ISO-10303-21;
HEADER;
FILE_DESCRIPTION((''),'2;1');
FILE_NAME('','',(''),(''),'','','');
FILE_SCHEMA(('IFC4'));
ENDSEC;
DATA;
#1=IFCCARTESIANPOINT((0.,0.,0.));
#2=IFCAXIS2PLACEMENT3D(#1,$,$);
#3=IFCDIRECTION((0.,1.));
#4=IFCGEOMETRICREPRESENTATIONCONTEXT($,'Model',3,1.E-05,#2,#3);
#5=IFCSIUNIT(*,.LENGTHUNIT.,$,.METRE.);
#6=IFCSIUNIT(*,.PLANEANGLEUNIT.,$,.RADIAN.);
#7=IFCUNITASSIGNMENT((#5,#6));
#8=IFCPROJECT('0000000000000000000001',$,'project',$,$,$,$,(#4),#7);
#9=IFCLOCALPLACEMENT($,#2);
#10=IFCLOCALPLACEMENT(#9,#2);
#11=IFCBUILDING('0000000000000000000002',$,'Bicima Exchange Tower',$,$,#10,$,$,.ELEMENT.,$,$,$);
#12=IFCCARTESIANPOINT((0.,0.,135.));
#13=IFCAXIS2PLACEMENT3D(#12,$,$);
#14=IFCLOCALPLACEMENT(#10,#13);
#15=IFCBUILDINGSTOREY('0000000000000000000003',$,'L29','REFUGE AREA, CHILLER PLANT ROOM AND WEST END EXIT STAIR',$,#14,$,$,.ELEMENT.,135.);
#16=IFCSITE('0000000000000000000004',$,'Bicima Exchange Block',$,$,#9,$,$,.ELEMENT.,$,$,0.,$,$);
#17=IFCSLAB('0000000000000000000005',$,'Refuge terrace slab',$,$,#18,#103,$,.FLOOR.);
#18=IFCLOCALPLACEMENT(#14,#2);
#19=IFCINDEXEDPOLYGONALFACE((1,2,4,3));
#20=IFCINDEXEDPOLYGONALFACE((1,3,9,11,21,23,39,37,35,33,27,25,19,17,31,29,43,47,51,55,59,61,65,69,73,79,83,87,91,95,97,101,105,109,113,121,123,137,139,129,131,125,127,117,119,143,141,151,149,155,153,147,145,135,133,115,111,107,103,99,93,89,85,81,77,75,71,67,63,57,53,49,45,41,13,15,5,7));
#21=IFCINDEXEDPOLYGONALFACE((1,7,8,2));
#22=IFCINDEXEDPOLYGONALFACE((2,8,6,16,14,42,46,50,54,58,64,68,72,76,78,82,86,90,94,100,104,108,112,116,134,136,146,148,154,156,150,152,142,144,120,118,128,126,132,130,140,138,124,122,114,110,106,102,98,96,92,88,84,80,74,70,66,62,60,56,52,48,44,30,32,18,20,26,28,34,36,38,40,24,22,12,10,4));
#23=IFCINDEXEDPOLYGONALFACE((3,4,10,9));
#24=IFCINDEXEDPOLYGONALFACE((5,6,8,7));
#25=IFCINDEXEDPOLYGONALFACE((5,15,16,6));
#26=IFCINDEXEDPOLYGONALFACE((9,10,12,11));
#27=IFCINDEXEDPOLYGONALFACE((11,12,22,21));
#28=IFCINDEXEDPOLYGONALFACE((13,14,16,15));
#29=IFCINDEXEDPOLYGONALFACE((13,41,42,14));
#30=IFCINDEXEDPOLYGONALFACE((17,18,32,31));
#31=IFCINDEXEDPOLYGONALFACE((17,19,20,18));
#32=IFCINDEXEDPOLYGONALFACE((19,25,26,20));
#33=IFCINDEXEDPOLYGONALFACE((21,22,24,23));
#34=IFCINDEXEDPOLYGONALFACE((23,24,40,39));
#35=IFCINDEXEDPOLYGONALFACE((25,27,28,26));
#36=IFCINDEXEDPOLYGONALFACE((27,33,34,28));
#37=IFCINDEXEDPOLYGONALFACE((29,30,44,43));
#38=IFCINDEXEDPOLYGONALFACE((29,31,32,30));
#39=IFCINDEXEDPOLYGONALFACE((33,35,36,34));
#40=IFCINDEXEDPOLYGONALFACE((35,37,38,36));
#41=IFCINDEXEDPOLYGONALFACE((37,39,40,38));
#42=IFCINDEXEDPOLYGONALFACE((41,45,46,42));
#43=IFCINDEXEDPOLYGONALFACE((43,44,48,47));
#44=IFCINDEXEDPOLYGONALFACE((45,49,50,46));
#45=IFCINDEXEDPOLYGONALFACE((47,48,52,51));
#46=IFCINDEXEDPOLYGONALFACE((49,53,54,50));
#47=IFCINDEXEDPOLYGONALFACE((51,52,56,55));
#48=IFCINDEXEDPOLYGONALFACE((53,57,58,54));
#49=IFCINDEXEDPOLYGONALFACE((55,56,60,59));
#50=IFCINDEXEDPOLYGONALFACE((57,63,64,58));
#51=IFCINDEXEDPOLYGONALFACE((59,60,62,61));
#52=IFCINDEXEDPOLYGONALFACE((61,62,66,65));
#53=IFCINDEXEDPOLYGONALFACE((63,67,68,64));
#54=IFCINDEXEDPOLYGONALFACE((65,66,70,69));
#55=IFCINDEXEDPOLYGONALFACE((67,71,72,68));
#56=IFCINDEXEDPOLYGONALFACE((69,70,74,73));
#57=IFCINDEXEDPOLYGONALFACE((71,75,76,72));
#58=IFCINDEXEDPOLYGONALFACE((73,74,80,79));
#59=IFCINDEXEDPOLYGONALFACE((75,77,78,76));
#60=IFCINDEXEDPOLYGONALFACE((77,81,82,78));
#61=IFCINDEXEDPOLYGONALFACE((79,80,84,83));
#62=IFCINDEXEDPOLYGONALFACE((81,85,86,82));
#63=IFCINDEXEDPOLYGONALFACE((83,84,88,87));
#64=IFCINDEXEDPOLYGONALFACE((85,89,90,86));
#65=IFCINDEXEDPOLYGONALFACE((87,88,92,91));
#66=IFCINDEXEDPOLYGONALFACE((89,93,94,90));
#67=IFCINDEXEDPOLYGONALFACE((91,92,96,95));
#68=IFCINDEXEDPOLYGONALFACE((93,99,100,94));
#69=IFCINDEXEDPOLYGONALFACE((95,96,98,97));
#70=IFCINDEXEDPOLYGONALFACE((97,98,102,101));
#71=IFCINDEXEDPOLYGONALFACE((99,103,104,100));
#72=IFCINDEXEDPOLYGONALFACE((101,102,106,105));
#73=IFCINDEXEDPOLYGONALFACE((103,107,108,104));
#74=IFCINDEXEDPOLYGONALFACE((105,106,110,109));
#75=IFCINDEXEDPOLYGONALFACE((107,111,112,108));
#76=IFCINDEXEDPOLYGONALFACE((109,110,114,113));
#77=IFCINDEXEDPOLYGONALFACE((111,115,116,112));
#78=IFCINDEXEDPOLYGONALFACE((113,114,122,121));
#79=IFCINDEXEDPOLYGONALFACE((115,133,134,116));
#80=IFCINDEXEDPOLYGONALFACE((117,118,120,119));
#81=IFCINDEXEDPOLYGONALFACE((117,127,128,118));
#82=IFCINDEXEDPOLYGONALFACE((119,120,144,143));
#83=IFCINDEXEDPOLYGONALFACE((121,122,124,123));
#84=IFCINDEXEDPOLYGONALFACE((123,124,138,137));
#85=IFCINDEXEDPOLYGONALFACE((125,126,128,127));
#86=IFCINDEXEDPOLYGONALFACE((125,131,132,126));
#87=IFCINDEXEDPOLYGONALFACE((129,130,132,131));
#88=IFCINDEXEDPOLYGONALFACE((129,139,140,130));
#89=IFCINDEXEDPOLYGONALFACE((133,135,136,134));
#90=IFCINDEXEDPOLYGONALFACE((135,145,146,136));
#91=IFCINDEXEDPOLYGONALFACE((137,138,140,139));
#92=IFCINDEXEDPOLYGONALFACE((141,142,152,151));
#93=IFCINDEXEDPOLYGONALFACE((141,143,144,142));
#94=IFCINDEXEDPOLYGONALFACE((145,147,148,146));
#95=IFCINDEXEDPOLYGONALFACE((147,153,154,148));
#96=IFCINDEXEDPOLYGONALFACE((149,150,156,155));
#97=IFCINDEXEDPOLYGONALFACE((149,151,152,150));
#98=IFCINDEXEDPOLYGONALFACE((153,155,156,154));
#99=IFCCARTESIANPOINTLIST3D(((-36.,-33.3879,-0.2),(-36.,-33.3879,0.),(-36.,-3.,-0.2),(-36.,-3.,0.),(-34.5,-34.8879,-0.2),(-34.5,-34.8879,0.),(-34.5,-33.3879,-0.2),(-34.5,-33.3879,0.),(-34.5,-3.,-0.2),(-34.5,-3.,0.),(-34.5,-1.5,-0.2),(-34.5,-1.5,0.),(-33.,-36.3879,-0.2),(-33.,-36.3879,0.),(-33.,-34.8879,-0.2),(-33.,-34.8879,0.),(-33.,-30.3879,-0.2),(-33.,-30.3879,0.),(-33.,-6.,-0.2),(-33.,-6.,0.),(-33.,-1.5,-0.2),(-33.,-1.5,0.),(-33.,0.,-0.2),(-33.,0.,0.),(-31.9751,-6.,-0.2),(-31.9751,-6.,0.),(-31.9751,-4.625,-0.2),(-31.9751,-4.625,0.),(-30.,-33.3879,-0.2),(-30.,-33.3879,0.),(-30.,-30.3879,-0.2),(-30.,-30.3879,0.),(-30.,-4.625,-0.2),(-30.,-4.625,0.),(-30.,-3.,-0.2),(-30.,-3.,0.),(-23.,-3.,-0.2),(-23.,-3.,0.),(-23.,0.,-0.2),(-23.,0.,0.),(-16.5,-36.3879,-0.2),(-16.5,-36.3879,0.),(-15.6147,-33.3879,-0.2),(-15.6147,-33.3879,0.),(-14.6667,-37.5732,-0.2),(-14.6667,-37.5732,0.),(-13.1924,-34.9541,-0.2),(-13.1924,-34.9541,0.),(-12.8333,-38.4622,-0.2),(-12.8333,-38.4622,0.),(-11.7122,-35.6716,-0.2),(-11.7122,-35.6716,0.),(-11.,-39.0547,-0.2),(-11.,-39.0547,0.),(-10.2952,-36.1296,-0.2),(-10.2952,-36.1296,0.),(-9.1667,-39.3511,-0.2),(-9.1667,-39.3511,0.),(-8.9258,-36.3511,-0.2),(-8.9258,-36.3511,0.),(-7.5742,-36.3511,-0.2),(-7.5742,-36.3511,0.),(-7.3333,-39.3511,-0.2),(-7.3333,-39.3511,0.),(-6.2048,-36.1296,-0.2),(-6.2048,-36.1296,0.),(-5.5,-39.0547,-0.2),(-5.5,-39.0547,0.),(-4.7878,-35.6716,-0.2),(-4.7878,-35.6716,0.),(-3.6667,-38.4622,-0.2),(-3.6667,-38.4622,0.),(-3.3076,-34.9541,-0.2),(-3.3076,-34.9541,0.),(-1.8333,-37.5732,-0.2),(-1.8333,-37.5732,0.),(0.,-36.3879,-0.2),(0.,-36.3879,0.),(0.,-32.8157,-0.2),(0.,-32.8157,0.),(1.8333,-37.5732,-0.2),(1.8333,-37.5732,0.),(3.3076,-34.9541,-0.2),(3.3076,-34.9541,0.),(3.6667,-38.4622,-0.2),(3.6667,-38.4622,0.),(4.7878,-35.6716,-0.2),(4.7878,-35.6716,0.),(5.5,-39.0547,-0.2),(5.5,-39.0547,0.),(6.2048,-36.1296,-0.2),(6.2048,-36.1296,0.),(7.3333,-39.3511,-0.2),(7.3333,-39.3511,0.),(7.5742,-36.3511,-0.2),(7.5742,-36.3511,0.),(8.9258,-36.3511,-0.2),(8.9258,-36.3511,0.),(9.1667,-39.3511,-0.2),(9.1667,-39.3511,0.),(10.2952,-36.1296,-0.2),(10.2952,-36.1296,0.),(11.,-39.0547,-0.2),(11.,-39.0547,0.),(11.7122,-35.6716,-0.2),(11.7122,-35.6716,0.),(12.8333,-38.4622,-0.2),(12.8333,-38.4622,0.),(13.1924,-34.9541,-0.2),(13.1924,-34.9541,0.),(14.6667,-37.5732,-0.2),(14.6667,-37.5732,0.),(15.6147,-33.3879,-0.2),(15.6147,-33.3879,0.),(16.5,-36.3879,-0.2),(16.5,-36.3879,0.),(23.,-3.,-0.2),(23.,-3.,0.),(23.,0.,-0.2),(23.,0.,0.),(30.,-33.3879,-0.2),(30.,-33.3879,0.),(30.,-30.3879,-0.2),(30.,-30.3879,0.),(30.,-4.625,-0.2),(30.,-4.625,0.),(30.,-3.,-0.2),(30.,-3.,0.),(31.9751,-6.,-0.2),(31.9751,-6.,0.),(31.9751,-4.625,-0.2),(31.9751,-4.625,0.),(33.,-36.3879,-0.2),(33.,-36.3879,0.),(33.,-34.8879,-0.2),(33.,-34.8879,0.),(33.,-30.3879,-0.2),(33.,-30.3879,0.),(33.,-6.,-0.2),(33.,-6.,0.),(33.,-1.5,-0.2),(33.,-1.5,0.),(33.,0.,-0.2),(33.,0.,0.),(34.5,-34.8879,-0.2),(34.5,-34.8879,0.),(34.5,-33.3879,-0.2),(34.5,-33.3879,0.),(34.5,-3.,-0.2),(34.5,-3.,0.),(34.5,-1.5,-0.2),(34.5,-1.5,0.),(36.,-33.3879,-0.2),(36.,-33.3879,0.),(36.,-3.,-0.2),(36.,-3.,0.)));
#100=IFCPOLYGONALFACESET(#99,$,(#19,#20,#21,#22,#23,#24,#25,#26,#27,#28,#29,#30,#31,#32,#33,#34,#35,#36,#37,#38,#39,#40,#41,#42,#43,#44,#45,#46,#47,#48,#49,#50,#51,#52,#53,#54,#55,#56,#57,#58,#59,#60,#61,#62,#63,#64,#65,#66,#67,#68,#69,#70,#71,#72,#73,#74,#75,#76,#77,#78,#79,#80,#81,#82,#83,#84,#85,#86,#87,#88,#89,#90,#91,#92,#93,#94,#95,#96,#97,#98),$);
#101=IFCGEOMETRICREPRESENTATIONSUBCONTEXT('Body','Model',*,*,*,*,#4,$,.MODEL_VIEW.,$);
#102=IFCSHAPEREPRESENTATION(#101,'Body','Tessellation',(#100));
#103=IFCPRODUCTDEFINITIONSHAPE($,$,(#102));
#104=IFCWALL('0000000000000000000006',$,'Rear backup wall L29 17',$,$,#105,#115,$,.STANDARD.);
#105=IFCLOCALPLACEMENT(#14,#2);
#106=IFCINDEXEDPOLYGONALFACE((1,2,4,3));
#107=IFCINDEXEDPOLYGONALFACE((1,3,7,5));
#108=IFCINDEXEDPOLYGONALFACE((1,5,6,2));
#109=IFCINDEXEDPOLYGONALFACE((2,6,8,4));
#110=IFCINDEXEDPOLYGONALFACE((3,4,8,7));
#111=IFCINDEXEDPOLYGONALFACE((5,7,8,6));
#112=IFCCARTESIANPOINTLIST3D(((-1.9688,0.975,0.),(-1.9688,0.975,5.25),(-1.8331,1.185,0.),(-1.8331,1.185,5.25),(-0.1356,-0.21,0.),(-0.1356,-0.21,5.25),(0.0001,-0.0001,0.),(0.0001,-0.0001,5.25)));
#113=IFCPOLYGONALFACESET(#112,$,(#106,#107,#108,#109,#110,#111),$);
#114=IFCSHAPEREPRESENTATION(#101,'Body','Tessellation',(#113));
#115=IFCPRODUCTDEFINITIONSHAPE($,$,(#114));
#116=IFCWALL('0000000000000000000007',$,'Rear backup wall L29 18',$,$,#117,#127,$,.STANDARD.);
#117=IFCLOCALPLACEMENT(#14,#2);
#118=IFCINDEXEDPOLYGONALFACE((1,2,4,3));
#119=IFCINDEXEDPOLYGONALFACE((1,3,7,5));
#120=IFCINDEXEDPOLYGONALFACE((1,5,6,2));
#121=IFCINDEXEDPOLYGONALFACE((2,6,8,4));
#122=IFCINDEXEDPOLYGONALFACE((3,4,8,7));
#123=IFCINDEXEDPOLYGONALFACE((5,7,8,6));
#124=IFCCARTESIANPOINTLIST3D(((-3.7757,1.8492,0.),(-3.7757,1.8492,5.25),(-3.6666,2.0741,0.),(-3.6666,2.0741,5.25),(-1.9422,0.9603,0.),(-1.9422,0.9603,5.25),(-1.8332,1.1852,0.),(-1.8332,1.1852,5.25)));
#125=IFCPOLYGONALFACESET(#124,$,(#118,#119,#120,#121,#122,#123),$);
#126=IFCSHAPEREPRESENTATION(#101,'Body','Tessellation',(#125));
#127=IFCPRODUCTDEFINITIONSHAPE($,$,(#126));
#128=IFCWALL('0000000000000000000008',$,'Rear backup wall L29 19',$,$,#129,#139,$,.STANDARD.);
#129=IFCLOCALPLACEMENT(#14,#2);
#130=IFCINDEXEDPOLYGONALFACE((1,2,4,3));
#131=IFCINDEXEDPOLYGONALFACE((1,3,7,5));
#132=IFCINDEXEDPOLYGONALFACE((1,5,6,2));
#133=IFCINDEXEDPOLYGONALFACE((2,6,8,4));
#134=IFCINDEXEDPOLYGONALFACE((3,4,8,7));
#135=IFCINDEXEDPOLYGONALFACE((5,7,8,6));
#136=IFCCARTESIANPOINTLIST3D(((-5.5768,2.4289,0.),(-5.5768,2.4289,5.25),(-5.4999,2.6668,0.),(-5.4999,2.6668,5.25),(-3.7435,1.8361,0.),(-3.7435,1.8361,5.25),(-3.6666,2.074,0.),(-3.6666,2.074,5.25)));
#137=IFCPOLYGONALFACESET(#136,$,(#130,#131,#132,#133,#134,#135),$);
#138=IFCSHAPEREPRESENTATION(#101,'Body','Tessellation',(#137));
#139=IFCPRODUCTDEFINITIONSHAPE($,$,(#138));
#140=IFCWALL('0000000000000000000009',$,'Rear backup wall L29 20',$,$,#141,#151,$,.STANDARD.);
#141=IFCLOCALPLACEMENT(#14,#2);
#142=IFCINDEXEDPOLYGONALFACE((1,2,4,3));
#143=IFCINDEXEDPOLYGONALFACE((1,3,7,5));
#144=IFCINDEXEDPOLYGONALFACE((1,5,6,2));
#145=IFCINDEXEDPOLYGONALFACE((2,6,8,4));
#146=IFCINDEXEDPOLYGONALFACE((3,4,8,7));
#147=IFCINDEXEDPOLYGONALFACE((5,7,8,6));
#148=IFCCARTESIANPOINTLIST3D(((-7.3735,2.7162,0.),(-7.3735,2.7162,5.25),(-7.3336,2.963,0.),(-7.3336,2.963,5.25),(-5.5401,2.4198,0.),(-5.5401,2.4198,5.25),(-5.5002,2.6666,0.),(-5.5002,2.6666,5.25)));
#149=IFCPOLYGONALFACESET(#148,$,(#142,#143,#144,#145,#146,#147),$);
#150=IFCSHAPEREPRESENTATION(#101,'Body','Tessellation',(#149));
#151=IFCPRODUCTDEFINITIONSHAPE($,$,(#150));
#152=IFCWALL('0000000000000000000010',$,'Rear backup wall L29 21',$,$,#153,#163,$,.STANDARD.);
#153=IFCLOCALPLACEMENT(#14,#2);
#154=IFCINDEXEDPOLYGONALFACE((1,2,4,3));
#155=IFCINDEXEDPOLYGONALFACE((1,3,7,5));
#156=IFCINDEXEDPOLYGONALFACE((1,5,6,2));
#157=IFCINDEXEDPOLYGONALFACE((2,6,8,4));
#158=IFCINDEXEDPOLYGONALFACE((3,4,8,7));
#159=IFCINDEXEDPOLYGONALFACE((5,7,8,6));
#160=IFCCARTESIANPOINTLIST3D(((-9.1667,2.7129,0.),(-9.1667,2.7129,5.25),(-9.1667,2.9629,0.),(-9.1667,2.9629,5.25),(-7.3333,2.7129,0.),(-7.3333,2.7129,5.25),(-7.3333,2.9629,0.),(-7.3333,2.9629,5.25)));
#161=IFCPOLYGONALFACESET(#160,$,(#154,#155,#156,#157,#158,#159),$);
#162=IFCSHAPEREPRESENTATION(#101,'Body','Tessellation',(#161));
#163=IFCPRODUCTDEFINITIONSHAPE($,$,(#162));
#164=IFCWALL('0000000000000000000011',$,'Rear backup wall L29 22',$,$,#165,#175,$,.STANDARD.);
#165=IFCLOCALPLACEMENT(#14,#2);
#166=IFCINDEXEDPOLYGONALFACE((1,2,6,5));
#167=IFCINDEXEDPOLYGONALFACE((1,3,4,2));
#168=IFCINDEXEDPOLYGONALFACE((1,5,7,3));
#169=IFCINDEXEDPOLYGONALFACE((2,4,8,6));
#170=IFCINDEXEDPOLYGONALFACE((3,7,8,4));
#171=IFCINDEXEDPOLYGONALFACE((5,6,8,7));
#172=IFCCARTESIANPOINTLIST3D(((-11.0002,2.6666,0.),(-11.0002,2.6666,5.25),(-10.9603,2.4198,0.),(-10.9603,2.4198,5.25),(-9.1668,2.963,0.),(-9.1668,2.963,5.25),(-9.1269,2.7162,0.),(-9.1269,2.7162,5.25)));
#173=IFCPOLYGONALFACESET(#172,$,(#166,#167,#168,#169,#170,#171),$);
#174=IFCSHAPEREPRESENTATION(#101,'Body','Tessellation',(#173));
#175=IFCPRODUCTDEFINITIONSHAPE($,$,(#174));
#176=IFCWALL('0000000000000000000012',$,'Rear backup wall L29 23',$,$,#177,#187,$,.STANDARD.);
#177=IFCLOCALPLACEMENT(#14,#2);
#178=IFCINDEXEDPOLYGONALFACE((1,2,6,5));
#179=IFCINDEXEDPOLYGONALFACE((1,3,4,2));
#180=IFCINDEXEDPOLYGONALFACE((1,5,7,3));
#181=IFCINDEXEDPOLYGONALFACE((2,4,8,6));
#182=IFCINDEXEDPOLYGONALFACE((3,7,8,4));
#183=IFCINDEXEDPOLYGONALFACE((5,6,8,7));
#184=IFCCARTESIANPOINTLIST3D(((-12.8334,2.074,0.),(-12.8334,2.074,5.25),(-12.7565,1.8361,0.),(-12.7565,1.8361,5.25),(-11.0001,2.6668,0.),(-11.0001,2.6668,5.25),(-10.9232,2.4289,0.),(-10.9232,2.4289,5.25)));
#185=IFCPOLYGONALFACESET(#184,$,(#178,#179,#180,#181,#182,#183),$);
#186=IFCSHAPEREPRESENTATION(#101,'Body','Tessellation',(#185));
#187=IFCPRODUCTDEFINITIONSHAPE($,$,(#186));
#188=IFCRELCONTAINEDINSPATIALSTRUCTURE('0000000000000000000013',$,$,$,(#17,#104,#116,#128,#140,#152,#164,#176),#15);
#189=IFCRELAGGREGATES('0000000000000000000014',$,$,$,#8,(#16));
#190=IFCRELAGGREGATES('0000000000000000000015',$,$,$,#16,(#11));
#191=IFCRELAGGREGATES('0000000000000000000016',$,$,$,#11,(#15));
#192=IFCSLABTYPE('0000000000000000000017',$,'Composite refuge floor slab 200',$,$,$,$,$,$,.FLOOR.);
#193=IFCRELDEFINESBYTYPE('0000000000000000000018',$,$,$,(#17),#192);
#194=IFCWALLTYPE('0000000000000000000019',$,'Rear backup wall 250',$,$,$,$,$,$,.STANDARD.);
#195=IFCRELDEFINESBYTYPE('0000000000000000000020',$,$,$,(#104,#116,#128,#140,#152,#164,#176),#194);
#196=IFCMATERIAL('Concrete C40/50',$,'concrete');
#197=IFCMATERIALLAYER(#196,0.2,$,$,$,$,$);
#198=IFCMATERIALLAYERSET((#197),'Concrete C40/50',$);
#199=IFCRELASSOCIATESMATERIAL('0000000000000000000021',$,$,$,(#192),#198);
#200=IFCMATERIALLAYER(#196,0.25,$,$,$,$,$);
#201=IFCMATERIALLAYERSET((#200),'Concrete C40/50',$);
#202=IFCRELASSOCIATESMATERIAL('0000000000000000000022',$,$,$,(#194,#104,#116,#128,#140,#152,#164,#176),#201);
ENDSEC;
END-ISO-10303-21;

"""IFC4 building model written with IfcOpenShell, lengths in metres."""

from ifc_helpers import new_model, si_unit, direction, frame, frame_2d, origin, place, context, subcontext, project, spatial, polyline, rectangle, outline, extrude, material, layer, layer_set, layer_usage, type_object, element, save


model = new_model("IFC4")

# Units and contexts
model_context = context("Model", 3, precision=1e-05, world=origin(), true_north=direction((0.0, 1.0)))
body_context = subcontext(model_context, "Body", "Model", "MODEL_VIEW")
ifc_project = project(units=[si_unit("LENGTHUNIT", "METRE"), si_unit("PLANEANGLEUNIT", "RADIAN")], contexts=[model_context])

# Site, building, storey
site_placement = place(None, origin())
site = spatial("IfcSite", under=ifc_project, at=site_placement, Name="Bicima Exchange Block", CompositionType="ELEMENT", RefElevation=0.0)
building_placement = place(site_placement, origin())
building = spatial("IfcBuilding", under=site, at=building_placement, Name="Bicima Exchange Tower", CompositionType="ELEMENT")
storey_placement = place(building_placement, frame((0.0, 0.0, 135.0)))
storey = spatial("IfcBuildingStorey", under=building, at=storey_placement, Name="L29", Description="REFUGE AREA, CHILLER PLANT ROOM AND WEST END EXIT STAIR", CompositionType="ELEMENT", Elevation=135.0)

# Slab
ifc_material_1 = material(Name="Concrete C40/50", Category="concrete")
ifc_layer_1 = layer(ifc_material_1, 0.2)
ifc_layer_set_1 = layer_set([ifc_layer_1], Name="Concrete C40/50")
slab_type = type_object("IfcSlabType", Name="Composite refuge floor slab 200", PredefinedType="FLOOR", material=ifc_layer_set_1)
slab_1_placement = place(storey_placement, frame((0.0, 0.0, -0.2)))
element("IfcSlab", 1, at=slab_1_placement, inside=storey, type_object=slab_type, Name="Refuge terrace slab", PredefinedType="FLOOR", context=body_context, shape_type="SweptSolid", body=[
    extrude(outline(polyline([(30.0, -3.0), (23.0, -3.0), (23.0, 0.0), (33.0, 0.0), (33.0, -1.5), (34.5, -1.5), (34.5, -3.0), (36.0, -3.0), (36.0, -33.3879), (34.5, -33.3879), (34.5, -34.8879), (33.0, -34.8879), (33.0, -36.3879), (16.5, -36.3879), (14.6667, -37.5732), (12.8333, -38.4622), (11.0, -39.0547), (9.1667, -39.3511), (7.3333, -39.3511), (5.5, -39.0547), (3.6667, -38.4622), (1.8333, -37.5732), (0.0, -36.3879), (-1.8333, -37.5732), (-3.6667, -38.4622), (-5.5, -39.0547), (-7.3333, -39.3511), (-9.1667, -39.3511), (-11.0, -39.0547), (-12.8333, -38.4622), (-14.6667, -37.5732), (-16.5, -36.3879), (-33.0, -36.3879), (-33.0, -34.8879), (-34.5, -34.8879), (-34.5, -33.3879), (-36.0, -33.3879), (-36.0, -3.0), (-34.5, -3.0), (-34.5, -1.5), (-33.0, -1.5), (-33.0, 0.0), (-23.0, 0.0), (-23.0, -3.0), (-30.0, -3.0), (-30.0, -4.625), (-31.9751, -4.625), (-31.9751, -6.0), (-33.0, -6.0), (-33.0, -30.3879), (-30.0, -30.3879), (-30.0, -33.3879), (-15.6147, -33.3879), (-13.1924, -34.9541), (-11.7122, -35.6716), (-10.2952, -36.1296), (-8.9258, -36.3511), (-7.5742, -36.3511), (-6.2048, -36.1296), (-4.7878, -35.6716), (-3.3076, -34.9541), (0.0, -32.8157), (3.3076, -34.9541), (4.7878, -35.6716), (6.2048, -36.1296), (7.5742, -36.3511), (8.9258, -36.3511), (10.2952, -36.1296), (11.7122, -35.6716), (13.1924, -34.9541), (15.6147, -33.3879), (30.0, -33.3879), (30.0, -30.3879), (33.0, -30.3879), (33.0, -6.0), (31.9751, -6.0), (31.9751, -4.625), (30.0, -4.625), (30.0, -3.0)])), origin(), (0.0, 0.0, 1.0), 0.2),
])

# Walls
ifc_layer_2 = layer(ifc_material_1, 0.25)
ifc_layer_set_2 = layer_set([ifc_layer_2], Name="Concrete C40/50")
ifc_layer_usage = layer_usage(ifc_layer_set_2, "AXIS2", "POSITIVE", -0.125)
wall_type = type_object("IfcWallType", Name="Rear backup wall 250", PredefinedType="STANDARD", material=ifc_layer_set_2)
wall_1_placement = place(storey_placement, frame((-0.0679, -0.105, 0.0), z_axis=(0.0, 0.0, 1.0), x_axis=(-0.839813, 0.542876, 0.0)))
element("IfcWall", 2, at=wall_1_placement, inside=storey, type_object=wall_type, material=ifc_layer_usage, Name="Rear backup wall L29 17", PredefinedType="STANDARD", context=body_context, shape_type="SweptSolid", body=[
    extrude(rectangle(XDim=2.1829, YDim=0.25, at=frame_2d((1.0913, 0.0))), origin(), (0.0, 0.0, 1.0), 5.25),
])
wall_2_placement = place(storey_placement, frame((-1.8877, 1.0728, 0.0), z_axis=(0.0, 0.0, 1.0), x_axis=(-0.899824, 0.436253, 0.0)))
element("IfcWall", 3, at=wall_2_placement, inside=storey, type_object=wall_type, material=ifc_layer_usage, Name="Rear backup wall L29 18", PredefinedType="STANDARD", context=body_context, shape_type="SweptSolid", body=[
    extrude(rectangle(XDim=2.0376, YDim=0.25, at=frame_2d((1.0188, 0.0))), origin(), (0.0, 0.0, 1.0), 5.25),
])
wall_3_placement = place(storey_placement, frame((-3.7051, 1.9551, 0.0), z_axis=(0.0, 0.0, 1.0), x_axis=(-0.951496, 0.307662, 0.0)))
element("IfcWall", 4, at=wall_3_placement, inside=storey, type_object=wall_type, material=ifc_layer_usage, Name="Rear backup wall L29 19", PredefinedType="STANDARD", context=body_context, shape_type="SweptSolid", body=[
    extrude(rectangle(XDim=1.9268, YDim=0.25, at=frame_2d((0.9634, 0.0))), origin(), (0.0, 0.0, 1.0), 5.25),
])
wall_4_placement = place(storey_placement, frame((-5.52, 2.5432, 0.0), z_axis=(0.0, 0.0, 1.0), x_axis=(-0.987182, 0.1596, 0.0)))
element("IfcWall", 5, at=wall_4_placement, inside=storey, type_object=wall_type, material=ifc_layer_usage, Name="Rear backup wall L29 20", PredefinedType="STANDARD", context=body_context, shape_type="SweptSolid", body=[
    extrude(rectangle(XDim=1.8572, YDim=0.25, at=frame_2d((0.9287, 0.0))), origin(), (0.0, 0.0, 1.0), 5.25),
])
wall_5_placement = place(storey_placement, frame((-7.3333, 2.8379, 0.0), z_axis=(0.0, 0.0, 1.0), x_axis=(-1.0, 0.0, 0.0)))
element("IfcWall", 6, at=wall_5_placement, inside=storey, type_object=wall_type, material=ifc_layer_usage, Name="Rear backup wall L29 21", PredefinedType="STANDARD", context=body_context, shape_type="SweptSolid", body=[
    extrude(rectangle(XDim=1.8335, YDim=0.25, at=frame_2d((0.9167, 0.0))), origin(), (0.0, 0.0, 1.0), 5.25),
])
wall_6_placement = place(storey_placement, frame((-9.1467, 2.8396, 0.0), z_axis=(0.0, 0.0, 1.0), x_axis=(-0.987182, -0.1596, 0.0)))
element("IfcWall", 7, at=wall_6_placement, inside=storey, type_object=wall_type, material=ifc_layer_usage, Name="Rear backup wall L29 22", PredefinedType="STANDARD", context=body_context, shape_type="SweptSolid", body=[
    extrude(rectangle(XDim=1.8572, YDim=0.25, at=frame_2d((0.9287, 0.0))), origin(), (0.0, 0.0, 1.0), 5.25),
])
wall_7_placement = place(storey_placement, frame((-10.9617, 2.5479, 0.0), z_axis=(0.0, 0.0, 1.0), x_axis=(-0.951496, -0.307662, 0.0)))
element("IfcWall", 8, at=wall_7_placement, inside=storey, type_object=wall_type, material=ifc_layer_usage, Name="Rear backup wall L29 23", PredefinedType="STANDARD", context=body_context, shape_type="SweptSolid", body=[
    extrude(rectangle(XDim=1.9268, YDim=0.25, at=frame_2d((0.9634, 0.0))), origin(), (0.0, 0.0, 1.0), 5.25),
])

save(model, "model.ifc")
